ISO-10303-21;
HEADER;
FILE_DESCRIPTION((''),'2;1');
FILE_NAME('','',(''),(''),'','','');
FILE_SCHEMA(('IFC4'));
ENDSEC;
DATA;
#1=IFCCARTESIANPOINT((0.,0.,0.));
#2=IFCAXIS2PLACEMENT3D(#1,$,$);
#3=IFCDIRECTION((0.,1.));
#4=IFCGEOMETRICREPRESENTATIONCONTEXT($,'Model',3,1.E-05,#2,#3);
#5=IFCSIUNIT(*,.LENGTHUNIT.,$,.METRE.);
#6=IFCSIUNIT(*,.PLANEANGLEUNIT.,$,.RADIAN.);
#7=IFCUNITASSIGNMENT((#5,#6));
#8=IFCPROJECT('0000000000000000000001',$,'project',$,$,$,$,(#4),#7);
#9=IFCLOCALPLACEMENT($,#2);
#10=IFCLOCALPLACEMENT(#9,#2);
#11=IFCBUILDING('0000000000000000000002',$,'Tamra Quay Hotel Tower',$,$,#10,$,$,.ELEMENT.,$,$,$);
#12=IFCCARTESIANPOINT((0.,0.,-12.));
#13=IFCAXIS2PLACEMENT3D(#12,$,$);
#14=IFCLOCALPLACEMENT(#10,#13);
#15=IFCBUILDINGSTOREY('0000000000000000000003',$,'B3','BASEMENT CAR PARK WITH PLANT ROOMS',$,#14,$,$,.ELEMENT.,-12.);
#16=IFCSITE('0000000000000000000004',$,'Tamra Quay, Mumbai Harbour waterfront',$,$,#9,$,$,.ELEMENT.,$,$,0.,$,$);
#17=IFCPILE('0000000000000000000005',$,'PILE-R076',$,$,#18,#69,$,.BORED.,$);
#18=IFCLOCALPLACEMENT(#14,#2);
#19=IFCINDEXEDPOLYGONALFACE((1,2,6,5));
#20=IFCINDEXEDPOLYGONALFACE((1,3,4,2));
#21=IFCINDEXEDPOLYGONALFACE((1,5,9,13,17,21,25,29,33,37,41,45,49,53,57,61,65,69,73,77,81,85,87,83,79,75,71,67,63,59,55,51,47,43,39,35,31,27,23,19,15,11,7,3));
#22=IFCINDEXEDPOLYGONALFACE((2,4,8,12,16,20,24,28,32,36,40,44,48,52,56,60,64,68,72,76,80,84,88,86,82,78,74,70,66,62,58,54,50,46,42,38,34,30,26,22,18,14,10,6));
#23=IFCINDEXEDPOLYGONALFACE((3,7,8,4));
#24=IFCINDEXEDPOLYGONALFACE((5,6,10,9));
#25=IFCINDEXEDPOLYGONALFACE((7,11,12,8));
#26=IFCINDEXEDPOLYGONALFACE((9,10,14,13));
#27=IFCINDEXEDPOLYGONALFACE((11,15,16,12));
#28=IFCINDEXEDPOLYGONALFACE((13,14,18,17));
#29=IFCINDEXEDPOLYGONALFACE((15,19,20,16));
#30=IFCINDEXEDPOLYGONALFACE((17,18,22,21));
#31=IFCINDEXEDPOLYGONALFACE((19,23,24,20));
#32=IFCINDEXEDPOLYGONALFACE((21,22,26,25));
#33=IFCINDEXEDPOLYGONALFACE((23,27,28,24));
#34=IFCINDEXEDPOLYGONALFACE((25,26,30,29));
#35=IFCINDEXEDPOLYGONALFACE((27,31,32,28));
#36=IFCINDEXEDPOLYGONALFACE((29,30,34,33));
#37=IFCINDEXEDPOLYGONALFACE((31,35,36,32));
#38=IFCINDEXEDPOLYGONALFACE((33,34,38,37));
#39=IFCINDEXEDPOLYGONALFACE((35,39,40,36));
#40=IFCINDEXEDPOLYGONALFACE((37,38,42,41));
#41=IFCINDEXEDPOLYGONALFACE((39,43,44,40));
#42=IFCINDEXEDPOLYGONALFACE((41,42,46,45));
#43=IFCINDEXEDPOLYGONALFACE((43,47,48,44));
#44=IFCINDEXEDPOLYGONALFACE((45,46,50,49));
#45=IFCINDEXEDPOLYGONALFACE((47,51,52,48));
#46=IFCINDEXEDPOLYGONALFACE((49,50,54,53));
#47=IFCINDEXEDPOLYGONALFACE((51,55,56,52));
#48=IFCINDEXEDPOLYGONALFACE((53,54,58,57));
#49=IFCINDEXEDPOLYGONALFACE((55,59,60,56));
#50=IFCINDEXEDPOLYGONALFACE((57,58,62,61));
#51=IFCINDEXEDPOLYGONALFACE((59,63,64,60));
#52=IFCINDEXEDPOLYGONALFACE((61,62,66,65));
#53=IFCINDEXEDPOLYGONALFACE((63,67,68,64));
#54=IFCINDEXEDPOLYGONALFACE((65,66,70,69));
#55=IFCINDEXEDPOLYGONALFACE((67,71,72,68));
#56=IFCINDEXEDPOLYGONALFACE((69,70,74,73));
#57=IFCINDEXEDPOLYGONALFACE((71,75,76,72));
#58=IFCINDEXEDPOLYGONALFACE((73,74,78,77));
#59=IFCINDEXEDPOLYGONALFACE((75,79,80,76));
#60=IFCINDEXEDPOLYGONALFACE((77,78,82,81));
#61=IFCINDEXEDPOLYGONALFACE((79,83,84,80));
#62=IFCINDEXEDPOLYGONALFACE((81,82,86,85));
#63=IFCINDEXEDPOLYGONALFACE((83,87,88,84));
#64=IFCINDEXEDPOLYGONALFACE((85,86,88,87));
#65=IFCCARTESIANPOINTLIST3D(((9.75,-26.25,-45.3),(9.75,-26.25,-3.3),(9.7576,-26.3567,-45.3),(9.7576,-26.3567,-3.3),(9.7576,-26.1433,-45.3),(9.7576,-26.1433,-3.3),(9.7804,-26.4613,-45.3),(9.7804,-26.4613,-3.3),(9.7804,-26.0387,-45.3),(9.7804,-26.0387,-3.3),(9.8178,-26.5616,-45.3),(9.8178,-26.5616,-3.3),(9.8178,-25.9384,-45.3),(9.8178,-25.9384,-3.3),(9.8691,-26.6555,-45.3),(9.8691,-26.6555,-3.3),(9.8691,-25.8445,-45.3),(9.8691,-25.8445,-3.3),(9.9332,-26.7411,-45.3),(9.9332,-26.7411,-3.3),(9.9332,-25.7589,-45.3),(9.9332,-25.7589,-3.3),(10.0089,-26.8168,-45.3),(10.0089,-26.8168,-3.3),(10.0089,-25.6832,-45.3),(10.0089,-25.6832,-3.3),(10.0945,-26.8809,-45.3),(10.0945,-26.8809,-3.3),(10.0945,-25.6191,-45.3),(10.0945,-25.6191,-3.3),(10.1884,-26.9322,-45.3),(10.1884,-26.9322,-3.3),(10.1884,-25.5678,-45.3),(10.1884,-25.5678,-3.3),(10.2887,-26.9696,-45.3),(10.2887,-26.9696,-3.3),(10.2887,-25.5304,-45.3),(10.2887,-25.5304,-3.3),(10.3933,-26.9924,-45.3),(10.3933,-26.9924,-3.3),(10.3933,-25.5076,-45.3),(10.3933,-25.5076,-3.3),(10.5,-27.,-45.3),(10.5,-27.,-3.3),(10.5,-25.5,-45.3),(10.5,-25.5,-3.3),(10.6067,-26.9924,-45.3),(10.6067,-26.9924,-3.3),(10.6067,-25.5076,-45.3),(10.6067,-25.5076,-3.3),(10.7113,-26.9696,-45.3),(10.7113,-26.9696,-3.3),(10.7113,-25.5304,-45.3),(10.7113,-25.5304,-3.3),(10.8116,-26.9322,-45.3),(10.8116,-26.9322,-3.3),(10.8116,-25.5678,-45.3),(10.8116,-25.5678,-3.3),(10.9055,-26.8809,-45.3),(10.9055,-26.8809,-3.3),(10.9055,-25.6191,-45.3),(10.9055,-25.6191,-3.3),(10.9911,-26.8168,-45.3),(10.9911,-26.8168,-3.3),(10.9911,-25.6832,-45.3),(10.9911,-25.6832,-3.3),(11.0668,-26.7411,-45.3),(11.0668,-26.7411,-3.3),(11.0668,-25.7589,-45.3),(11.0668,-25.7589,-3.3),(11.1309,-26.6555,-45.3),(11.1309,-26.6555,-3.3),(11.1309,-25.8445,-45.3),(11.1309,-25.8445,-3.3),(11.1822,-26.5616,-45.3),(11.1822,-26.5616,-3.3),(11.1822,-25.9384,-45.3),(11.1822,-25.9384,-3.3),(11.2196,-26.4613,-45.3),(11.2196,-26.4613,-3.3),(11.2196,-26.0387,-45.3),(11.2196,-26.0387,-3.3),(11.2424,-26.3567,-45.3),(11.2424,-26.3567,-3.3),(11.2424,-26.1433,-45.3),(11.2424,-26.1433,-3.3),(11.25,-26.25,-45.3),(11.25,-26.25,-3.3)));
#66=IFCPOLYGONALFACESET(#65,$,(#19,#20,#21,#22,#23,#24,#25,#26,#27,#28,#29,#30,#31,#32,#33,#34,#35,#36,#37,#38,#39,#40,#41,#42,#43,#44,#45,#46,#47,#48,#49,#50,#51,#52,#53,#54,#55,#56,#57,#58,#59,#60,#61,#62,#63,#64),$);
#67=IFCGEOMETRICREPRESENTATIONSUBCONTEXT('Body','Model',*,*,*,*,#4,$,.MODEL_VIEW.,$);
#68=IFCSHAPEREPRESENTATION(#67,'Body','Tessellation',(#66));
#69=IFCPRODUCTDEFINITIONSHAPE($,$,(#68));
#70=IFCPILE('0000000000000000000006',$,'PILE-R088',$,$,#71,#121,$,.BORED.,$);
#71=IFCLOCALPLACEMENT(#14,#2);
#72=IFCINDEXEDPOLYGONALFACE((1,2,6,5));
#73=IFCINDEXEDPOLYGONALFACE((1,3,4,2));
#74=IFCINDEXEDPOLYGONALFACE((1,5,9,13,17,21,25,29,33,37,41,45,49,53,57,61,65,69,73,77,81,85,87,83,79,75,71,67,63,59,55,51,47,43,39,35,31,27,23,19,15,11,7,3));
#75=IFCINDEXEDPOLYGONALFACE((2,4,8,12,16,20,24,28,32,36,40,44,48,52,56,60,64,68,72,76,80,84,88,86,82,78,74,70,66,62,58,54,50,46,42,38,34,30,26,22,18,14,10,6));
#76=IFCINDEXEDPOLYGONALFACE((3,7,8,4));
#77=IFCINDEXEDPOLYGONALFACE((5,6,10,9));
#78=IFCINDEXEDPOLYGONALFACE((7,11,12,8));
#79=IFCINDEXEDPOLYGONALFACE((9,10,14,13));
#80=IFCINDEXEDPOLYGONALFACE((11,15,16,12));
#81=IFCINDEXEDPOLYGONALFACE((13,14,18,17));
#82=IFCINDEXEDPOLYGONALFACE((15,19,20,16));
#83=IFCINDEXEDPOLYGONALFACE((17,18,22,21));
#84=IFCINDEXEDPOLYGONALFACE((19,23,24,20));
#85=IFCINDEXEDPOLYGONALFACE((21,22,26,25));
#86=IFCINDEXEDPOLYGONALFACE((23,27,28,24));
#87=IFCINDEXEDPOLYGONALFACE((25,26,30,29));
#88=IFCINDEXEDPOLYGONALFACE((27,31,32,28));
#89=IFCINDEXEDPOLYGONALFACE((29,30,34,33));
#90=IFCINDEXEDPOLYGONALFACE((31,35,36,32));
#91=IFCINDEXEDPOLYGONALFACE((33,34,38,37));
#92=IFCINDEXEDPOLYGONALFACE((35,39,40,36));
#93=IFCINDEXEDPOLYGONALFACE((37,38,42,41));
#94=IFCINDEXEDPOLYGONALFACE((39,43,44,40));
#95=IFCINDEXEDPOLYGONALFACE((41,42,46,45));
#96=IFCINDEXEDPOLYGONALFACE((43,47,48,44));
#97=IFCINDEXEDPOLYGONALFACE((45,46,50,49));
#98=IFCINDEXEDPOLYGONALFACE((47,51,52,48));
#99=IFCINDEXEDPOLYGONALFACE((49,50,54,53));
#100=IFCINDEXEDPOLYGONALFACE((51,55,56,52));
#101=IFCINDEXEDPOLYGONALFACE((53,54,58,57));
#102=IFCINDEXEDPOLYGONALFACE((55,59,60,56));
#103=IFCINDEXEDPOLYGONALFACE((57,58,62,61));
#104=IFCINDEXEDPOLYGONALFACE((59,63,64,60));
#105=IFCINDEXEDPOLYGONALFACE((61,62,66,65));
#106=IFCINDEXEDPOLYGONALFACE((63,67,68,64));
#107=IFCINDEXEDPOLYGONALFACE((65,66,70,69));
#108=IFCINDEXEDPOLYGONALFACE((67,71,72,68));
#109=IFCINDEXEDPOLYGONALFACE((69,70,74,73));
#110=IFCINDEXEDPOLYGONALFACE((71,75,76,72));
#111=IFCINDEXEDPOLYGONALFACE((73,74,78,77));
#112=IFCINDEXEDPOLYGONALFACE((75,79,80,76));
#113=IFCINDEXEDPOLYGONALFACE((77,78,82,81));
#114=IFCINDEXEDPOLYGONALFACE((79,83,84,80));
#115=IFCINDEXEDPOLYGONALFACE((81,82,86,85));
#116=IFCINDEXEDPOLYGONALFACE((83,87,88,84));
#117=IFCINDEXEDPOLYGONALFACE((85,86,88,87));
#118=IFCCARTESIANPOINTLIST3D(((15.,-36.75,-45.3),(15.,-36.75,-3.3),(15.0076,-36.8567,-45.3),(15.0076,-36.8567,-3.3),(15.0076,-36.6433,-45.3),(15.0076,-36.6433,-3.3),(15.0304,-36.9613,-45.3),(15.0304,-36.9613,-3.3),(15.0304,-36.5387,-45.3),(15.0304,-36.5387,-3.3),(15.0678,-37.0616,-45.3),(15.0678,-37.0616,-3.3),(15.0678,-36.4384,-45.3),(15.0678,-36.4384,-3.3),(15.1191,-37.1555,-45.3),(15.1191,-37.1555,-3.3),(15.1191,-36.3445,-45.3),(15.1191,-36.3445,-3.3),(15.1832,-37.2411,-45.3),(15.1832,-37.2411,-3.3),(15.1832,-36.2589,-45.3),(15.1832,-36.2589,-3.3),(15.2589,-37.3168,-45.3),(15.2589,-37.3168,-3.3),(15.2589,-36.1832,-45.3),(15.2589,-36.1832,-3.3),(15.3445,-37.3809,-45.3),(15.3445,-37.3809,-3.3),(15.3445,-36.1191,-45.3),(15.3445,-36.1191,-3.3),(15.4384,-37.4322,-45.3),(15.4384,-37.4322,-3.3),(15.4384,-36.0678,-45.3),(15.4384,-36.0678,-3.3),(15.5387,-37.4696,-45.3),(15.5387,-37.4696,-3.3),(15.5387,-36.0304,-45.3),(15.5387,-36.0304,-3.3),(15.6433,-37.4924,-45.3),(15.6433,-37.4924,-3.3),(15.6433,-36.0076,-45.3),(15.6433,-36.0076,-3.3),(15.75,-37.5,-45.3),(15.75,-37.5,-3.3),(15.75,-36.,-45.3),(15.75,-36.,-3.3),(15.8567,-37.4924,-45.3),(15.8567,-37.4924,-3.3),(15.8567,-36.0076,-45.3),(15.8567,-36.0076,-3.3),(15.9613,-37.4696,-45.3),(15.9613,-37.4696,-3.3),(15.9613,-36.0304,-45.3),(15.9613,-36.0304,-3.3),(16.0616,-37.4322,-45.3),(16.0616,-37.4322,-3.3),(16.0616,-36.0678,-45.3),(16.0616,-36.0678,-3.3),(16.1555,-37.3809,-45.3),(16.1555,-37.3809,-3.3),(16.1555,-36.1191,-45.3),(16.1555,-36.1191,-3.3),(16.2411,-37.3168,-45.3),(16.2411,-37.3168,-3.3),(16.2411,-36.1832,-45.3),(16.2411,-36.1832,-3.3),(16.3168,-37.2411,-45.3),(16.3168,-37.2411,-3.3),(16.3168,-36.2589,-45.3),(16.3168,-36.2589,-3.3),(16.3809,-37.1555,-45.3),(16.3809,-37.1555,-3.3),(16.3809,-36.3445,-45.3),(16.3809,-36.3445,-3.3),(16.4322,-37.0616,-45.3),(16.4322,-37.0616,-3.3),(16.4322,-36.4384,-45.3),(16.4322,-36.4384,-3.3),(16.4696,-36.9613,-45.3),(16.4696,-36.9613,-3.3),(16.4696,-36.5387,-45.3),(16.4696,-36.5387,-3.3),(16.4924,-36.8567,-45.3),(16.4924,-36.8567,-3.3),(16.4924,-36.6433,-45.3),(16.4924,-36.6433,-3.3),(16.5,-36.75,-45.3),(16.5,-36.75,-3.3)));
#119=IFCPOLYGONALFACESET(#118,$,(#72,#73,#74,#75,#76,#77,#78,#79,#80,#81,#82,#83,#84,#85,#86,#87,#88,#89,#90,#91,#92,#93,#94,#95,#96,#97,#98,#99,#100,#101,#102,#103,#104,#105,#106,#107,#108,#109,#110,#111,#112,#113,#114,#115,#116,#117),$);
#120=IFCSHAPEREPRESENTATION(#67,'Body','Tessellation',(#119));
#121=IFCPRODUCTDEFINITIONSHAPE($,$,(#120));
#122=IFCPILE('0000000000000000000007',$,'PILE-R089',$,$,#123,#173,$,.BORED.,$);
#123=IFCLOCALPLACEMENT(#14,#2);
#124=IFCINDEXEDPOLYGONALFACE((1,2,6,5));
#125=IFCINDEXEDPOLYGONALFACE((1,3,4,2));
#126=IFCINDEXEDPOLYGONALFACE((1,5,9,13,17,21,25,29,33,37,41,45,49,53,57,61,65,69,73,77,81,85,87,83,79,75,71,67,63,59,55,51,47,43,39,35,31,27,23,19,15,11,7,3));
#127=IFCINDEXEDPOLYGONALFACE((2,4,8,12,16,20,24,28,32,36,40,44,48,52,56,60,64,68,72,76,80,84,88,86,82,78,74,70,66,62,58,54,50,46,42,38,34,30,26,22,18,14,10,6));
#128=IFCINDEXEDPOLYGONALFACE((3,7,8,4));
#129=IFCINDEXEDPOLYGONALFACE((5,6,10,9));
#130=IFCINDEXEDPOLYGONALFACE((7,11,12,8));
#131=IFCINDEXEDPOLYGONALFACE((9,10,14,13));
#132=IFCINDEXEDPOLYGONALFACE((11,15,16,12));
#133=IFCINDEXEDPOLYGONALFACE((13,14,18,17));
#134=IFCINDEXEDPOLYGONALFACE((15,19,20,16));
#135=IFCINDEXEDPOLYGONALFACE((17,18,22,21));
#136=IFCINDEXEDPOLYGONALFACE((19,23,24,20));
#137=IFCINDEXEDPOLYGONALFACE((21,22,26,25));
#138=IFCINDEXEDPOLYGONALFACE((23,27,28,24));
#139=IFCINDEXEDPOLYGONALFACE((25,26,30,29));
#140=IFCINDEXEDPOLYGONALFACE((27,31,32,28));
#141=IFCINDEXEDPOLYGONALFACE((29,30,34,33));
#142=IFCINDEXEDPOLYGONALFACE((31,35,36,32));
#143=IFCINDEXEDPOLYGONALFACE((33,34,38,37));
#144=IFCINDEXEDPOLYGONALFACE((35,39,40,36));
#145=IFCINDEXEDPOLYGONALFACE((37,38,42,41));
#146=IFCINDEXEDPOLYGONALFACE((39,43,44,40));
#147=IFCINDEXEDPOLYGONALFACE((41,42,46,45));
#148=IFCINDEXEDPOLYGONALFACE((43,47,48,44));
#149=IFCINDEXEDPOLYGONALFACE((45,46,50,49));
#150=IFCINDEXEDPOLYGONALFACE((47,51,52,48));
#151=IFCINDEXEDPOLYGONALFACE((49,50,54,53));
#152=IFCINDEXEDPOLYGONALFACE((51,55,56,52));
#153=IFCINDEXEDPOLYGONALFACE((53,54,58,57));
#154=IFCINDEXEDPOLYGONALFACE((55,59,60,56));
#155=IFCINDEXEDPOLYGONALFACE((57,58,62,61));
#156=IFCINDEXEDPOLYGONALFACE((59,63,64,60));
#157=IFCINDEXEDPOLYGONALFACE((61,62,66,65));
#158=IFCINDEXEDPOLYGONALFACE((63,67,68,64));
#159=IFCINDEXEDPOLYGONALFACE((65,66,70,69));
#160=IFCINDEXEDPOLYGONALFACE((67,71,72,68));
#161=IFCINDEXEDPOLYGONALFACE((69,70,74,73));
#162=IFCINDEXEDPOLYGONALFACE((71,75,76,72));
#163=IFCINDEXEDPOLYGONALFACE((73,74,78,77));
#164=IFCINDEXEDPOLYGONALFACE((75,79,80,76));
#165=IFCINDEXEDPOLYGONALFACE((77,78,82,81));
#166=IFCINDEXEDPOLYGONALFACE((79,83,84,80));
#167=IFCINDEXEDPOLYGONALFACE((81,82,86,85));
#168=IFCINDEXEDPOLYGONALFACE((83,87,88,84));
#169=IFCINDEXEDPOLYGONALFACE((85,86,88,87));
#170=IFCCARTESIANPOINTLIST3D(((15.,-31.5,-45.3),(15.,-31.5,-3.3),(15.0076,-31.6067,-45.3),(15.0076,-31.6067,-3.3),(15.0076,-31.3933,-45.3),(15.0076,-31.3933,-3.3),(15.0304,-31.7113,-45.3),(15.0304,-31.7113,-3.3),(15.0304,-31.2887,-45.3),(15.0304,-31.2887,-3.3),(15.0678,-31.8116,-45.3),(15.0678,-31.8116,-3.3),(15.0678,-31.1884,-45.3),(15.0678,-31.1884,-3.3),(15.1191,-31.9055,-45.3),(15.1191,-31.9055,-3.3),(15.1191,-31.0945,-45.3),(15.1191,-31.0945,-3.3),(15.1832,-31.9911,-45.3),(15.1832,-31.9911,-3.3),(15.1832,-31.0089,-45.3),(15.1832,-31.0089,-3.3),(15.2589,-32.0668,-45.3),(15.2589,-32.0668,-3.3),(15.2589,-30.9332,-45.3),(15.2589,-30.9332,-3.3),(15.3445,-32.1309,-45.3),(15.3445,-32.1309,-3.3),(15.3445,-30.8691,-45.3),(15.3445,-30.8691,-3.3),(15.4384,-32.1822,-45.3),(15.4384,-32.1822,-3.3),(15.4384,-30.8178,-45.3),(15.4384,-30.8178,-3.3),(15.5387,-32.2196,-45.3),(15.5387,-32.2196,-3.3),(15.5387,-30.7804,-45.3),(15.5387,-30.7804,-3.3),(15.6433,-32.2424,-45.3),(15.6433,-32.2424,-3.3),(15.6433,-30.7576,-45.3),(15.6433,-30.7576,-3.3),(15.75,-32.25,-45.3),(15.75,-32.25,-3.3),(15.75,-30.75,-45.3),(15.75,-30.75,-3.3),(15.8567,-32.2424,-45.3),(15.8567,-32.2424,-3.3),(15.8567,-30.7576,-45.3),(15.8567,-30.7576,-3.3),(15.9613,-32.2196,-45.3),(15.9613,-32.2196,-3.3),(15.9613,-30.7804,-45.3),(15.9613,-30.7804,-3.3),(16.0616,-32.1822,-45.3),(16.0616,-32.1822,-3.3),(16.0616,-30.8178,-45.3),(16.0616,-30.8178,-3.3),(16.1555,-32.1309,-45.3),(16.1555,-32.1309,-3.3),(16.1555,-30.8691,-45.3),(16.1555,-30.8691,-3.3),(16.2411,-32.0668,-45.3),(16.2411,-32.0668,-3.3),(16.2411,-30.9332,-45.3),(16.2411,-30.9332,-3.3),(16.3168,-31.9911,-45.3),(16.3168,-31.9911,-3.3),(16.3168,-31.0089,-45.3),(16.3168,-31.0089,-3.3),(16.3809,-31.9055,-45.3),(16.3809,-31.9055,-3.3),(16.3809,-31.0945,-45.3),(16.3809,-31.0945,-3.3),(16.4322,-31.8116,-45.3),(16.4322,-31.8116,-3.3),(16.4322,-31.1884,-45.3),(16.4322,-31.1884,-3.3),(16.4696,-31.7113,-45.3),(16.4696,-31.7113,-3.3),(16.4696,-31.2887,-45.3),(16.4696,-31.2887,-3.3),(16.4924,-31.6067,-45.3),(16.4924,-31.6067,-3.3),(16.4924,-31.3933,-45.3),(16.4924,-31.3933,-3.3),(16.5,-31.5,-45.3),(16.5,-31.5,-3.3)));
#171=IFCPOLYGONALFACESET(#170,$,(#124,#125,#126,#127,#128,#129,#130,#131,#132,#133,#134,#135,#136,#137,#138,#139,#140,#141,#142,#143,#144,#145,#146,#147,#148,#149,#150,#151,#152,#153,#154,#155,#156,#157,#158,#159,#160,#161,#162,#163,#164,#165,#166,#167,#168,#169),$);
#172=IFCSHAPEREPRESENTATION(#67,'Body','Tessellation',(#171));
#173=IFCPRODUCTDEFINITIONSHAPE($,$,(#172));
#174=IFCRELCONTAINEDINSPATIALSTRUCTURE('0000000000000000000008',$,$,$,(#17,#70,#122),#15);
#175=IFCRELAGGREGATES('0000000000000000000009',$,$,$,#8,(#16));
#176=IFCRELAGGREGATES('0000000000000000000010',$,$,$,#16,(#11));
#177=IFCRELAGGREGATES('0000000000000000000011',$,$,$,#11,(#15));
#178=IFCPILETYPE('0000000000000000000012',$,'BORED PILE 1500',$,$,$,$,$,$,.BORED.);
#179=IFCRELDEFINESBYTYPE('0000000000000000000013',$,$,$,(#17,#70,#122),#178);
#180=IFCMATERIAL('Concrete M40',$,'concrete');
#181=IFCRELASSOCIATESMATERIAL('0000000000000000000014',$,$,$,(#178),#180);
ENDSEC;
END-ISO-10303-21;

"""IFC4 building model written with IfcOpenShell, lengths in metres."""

from ifc_helpers import new_model, si_unit, direction, frame, origin, origin_2d, place, context, subcontext, project, spatial, circle, extrude, material, material_profile, profile_set, type_object, element, save


model = new_model("IFC4")

# Units and contexts
model_context = context("Model", 3, precision=1e-05, world=origin(), true_north=direction((0.0, 1.0)))
body_context = subcontext(model_context, "Body", "Model", "MODEL_VIEW")
ifc_project = project(units=[si_unit("LENGTHUNIT", "METRE"), si_unit("PLANEANGLEUNIT", "RADIAN")], contexts=[model_context])

# Site, building, storey
site_placement = place(None, origin())
site = spatial("IfcSite", under=ifc_project, at=site_placement, Name="Tamra Quay, Mumbai Harbour waterfront", CompositionType="ELEMENT", RefElevation=0.0)
building_placement = place(site_placement, origin())
building = spatial("IfcBuilding", under=site, at=building_placement, Name="Tamra Quay Hotel Tower", CompositionType="ELEMENT")
storey_placement = place(building_placement, frame((0.0, 0.0, -12.0)))
storey = spatial("IfcBuildingStorey", under=building, at=storey_placement, Name="B3", Description="BASEMENT CAR PARK WITH PLANT ROOMS", CompositionType="ELEMENT", Elevation=-12.0)

# Piles
ifc_material_1 = material(Name="Concrete M40", Category="concrete")
ifc_material_profile_1 = material_profile(ifc_material_1, circle(Radius=0.75, at=origin_2d()), Name="BORED PILE 1500")
ifc_profile_set_1 = profile_set([ifc_material_profile_1], Name="Concrete M40")
pile_type_1 = type_object("IfcPileType", Name="BORED PILE 1500", PredefinedType="BORED", material=ifc_profile_set_1)
for number, where, z_axis, x_axis, name in (
    (1, (10.5, -26.25, -3.3), (0.0, 0.0, -1.0), (1.0, 0.0, 0.0), "PILE-R076"),
    (2, (15.75, -36.75, -3.3), (0.0, 0.0, -1.0), (1.0, 0.0, 0.0), "PILE-R088"),
    (3, (15.75, -31.5, -3.3), (0.0, 0.0, -1.0), (1.0, 0.0, 0.0), "PILE-R089"),
):
    element("IfcPile", number, at=place(storey_placement, frame(where, z_axis=z_axis, x_axis=x_axis)), inside=storey, type_object=pile_type_1, Name=name, PredefinedType="BORED", context=body_context, shape_type="SweptSolid", body=[
        extrude(circle(Radius=0.75, at=origin_2d()), origin(), (0.0, 0.0, 1.0), 42.0),
    ])

save(model, "model.ifc")
